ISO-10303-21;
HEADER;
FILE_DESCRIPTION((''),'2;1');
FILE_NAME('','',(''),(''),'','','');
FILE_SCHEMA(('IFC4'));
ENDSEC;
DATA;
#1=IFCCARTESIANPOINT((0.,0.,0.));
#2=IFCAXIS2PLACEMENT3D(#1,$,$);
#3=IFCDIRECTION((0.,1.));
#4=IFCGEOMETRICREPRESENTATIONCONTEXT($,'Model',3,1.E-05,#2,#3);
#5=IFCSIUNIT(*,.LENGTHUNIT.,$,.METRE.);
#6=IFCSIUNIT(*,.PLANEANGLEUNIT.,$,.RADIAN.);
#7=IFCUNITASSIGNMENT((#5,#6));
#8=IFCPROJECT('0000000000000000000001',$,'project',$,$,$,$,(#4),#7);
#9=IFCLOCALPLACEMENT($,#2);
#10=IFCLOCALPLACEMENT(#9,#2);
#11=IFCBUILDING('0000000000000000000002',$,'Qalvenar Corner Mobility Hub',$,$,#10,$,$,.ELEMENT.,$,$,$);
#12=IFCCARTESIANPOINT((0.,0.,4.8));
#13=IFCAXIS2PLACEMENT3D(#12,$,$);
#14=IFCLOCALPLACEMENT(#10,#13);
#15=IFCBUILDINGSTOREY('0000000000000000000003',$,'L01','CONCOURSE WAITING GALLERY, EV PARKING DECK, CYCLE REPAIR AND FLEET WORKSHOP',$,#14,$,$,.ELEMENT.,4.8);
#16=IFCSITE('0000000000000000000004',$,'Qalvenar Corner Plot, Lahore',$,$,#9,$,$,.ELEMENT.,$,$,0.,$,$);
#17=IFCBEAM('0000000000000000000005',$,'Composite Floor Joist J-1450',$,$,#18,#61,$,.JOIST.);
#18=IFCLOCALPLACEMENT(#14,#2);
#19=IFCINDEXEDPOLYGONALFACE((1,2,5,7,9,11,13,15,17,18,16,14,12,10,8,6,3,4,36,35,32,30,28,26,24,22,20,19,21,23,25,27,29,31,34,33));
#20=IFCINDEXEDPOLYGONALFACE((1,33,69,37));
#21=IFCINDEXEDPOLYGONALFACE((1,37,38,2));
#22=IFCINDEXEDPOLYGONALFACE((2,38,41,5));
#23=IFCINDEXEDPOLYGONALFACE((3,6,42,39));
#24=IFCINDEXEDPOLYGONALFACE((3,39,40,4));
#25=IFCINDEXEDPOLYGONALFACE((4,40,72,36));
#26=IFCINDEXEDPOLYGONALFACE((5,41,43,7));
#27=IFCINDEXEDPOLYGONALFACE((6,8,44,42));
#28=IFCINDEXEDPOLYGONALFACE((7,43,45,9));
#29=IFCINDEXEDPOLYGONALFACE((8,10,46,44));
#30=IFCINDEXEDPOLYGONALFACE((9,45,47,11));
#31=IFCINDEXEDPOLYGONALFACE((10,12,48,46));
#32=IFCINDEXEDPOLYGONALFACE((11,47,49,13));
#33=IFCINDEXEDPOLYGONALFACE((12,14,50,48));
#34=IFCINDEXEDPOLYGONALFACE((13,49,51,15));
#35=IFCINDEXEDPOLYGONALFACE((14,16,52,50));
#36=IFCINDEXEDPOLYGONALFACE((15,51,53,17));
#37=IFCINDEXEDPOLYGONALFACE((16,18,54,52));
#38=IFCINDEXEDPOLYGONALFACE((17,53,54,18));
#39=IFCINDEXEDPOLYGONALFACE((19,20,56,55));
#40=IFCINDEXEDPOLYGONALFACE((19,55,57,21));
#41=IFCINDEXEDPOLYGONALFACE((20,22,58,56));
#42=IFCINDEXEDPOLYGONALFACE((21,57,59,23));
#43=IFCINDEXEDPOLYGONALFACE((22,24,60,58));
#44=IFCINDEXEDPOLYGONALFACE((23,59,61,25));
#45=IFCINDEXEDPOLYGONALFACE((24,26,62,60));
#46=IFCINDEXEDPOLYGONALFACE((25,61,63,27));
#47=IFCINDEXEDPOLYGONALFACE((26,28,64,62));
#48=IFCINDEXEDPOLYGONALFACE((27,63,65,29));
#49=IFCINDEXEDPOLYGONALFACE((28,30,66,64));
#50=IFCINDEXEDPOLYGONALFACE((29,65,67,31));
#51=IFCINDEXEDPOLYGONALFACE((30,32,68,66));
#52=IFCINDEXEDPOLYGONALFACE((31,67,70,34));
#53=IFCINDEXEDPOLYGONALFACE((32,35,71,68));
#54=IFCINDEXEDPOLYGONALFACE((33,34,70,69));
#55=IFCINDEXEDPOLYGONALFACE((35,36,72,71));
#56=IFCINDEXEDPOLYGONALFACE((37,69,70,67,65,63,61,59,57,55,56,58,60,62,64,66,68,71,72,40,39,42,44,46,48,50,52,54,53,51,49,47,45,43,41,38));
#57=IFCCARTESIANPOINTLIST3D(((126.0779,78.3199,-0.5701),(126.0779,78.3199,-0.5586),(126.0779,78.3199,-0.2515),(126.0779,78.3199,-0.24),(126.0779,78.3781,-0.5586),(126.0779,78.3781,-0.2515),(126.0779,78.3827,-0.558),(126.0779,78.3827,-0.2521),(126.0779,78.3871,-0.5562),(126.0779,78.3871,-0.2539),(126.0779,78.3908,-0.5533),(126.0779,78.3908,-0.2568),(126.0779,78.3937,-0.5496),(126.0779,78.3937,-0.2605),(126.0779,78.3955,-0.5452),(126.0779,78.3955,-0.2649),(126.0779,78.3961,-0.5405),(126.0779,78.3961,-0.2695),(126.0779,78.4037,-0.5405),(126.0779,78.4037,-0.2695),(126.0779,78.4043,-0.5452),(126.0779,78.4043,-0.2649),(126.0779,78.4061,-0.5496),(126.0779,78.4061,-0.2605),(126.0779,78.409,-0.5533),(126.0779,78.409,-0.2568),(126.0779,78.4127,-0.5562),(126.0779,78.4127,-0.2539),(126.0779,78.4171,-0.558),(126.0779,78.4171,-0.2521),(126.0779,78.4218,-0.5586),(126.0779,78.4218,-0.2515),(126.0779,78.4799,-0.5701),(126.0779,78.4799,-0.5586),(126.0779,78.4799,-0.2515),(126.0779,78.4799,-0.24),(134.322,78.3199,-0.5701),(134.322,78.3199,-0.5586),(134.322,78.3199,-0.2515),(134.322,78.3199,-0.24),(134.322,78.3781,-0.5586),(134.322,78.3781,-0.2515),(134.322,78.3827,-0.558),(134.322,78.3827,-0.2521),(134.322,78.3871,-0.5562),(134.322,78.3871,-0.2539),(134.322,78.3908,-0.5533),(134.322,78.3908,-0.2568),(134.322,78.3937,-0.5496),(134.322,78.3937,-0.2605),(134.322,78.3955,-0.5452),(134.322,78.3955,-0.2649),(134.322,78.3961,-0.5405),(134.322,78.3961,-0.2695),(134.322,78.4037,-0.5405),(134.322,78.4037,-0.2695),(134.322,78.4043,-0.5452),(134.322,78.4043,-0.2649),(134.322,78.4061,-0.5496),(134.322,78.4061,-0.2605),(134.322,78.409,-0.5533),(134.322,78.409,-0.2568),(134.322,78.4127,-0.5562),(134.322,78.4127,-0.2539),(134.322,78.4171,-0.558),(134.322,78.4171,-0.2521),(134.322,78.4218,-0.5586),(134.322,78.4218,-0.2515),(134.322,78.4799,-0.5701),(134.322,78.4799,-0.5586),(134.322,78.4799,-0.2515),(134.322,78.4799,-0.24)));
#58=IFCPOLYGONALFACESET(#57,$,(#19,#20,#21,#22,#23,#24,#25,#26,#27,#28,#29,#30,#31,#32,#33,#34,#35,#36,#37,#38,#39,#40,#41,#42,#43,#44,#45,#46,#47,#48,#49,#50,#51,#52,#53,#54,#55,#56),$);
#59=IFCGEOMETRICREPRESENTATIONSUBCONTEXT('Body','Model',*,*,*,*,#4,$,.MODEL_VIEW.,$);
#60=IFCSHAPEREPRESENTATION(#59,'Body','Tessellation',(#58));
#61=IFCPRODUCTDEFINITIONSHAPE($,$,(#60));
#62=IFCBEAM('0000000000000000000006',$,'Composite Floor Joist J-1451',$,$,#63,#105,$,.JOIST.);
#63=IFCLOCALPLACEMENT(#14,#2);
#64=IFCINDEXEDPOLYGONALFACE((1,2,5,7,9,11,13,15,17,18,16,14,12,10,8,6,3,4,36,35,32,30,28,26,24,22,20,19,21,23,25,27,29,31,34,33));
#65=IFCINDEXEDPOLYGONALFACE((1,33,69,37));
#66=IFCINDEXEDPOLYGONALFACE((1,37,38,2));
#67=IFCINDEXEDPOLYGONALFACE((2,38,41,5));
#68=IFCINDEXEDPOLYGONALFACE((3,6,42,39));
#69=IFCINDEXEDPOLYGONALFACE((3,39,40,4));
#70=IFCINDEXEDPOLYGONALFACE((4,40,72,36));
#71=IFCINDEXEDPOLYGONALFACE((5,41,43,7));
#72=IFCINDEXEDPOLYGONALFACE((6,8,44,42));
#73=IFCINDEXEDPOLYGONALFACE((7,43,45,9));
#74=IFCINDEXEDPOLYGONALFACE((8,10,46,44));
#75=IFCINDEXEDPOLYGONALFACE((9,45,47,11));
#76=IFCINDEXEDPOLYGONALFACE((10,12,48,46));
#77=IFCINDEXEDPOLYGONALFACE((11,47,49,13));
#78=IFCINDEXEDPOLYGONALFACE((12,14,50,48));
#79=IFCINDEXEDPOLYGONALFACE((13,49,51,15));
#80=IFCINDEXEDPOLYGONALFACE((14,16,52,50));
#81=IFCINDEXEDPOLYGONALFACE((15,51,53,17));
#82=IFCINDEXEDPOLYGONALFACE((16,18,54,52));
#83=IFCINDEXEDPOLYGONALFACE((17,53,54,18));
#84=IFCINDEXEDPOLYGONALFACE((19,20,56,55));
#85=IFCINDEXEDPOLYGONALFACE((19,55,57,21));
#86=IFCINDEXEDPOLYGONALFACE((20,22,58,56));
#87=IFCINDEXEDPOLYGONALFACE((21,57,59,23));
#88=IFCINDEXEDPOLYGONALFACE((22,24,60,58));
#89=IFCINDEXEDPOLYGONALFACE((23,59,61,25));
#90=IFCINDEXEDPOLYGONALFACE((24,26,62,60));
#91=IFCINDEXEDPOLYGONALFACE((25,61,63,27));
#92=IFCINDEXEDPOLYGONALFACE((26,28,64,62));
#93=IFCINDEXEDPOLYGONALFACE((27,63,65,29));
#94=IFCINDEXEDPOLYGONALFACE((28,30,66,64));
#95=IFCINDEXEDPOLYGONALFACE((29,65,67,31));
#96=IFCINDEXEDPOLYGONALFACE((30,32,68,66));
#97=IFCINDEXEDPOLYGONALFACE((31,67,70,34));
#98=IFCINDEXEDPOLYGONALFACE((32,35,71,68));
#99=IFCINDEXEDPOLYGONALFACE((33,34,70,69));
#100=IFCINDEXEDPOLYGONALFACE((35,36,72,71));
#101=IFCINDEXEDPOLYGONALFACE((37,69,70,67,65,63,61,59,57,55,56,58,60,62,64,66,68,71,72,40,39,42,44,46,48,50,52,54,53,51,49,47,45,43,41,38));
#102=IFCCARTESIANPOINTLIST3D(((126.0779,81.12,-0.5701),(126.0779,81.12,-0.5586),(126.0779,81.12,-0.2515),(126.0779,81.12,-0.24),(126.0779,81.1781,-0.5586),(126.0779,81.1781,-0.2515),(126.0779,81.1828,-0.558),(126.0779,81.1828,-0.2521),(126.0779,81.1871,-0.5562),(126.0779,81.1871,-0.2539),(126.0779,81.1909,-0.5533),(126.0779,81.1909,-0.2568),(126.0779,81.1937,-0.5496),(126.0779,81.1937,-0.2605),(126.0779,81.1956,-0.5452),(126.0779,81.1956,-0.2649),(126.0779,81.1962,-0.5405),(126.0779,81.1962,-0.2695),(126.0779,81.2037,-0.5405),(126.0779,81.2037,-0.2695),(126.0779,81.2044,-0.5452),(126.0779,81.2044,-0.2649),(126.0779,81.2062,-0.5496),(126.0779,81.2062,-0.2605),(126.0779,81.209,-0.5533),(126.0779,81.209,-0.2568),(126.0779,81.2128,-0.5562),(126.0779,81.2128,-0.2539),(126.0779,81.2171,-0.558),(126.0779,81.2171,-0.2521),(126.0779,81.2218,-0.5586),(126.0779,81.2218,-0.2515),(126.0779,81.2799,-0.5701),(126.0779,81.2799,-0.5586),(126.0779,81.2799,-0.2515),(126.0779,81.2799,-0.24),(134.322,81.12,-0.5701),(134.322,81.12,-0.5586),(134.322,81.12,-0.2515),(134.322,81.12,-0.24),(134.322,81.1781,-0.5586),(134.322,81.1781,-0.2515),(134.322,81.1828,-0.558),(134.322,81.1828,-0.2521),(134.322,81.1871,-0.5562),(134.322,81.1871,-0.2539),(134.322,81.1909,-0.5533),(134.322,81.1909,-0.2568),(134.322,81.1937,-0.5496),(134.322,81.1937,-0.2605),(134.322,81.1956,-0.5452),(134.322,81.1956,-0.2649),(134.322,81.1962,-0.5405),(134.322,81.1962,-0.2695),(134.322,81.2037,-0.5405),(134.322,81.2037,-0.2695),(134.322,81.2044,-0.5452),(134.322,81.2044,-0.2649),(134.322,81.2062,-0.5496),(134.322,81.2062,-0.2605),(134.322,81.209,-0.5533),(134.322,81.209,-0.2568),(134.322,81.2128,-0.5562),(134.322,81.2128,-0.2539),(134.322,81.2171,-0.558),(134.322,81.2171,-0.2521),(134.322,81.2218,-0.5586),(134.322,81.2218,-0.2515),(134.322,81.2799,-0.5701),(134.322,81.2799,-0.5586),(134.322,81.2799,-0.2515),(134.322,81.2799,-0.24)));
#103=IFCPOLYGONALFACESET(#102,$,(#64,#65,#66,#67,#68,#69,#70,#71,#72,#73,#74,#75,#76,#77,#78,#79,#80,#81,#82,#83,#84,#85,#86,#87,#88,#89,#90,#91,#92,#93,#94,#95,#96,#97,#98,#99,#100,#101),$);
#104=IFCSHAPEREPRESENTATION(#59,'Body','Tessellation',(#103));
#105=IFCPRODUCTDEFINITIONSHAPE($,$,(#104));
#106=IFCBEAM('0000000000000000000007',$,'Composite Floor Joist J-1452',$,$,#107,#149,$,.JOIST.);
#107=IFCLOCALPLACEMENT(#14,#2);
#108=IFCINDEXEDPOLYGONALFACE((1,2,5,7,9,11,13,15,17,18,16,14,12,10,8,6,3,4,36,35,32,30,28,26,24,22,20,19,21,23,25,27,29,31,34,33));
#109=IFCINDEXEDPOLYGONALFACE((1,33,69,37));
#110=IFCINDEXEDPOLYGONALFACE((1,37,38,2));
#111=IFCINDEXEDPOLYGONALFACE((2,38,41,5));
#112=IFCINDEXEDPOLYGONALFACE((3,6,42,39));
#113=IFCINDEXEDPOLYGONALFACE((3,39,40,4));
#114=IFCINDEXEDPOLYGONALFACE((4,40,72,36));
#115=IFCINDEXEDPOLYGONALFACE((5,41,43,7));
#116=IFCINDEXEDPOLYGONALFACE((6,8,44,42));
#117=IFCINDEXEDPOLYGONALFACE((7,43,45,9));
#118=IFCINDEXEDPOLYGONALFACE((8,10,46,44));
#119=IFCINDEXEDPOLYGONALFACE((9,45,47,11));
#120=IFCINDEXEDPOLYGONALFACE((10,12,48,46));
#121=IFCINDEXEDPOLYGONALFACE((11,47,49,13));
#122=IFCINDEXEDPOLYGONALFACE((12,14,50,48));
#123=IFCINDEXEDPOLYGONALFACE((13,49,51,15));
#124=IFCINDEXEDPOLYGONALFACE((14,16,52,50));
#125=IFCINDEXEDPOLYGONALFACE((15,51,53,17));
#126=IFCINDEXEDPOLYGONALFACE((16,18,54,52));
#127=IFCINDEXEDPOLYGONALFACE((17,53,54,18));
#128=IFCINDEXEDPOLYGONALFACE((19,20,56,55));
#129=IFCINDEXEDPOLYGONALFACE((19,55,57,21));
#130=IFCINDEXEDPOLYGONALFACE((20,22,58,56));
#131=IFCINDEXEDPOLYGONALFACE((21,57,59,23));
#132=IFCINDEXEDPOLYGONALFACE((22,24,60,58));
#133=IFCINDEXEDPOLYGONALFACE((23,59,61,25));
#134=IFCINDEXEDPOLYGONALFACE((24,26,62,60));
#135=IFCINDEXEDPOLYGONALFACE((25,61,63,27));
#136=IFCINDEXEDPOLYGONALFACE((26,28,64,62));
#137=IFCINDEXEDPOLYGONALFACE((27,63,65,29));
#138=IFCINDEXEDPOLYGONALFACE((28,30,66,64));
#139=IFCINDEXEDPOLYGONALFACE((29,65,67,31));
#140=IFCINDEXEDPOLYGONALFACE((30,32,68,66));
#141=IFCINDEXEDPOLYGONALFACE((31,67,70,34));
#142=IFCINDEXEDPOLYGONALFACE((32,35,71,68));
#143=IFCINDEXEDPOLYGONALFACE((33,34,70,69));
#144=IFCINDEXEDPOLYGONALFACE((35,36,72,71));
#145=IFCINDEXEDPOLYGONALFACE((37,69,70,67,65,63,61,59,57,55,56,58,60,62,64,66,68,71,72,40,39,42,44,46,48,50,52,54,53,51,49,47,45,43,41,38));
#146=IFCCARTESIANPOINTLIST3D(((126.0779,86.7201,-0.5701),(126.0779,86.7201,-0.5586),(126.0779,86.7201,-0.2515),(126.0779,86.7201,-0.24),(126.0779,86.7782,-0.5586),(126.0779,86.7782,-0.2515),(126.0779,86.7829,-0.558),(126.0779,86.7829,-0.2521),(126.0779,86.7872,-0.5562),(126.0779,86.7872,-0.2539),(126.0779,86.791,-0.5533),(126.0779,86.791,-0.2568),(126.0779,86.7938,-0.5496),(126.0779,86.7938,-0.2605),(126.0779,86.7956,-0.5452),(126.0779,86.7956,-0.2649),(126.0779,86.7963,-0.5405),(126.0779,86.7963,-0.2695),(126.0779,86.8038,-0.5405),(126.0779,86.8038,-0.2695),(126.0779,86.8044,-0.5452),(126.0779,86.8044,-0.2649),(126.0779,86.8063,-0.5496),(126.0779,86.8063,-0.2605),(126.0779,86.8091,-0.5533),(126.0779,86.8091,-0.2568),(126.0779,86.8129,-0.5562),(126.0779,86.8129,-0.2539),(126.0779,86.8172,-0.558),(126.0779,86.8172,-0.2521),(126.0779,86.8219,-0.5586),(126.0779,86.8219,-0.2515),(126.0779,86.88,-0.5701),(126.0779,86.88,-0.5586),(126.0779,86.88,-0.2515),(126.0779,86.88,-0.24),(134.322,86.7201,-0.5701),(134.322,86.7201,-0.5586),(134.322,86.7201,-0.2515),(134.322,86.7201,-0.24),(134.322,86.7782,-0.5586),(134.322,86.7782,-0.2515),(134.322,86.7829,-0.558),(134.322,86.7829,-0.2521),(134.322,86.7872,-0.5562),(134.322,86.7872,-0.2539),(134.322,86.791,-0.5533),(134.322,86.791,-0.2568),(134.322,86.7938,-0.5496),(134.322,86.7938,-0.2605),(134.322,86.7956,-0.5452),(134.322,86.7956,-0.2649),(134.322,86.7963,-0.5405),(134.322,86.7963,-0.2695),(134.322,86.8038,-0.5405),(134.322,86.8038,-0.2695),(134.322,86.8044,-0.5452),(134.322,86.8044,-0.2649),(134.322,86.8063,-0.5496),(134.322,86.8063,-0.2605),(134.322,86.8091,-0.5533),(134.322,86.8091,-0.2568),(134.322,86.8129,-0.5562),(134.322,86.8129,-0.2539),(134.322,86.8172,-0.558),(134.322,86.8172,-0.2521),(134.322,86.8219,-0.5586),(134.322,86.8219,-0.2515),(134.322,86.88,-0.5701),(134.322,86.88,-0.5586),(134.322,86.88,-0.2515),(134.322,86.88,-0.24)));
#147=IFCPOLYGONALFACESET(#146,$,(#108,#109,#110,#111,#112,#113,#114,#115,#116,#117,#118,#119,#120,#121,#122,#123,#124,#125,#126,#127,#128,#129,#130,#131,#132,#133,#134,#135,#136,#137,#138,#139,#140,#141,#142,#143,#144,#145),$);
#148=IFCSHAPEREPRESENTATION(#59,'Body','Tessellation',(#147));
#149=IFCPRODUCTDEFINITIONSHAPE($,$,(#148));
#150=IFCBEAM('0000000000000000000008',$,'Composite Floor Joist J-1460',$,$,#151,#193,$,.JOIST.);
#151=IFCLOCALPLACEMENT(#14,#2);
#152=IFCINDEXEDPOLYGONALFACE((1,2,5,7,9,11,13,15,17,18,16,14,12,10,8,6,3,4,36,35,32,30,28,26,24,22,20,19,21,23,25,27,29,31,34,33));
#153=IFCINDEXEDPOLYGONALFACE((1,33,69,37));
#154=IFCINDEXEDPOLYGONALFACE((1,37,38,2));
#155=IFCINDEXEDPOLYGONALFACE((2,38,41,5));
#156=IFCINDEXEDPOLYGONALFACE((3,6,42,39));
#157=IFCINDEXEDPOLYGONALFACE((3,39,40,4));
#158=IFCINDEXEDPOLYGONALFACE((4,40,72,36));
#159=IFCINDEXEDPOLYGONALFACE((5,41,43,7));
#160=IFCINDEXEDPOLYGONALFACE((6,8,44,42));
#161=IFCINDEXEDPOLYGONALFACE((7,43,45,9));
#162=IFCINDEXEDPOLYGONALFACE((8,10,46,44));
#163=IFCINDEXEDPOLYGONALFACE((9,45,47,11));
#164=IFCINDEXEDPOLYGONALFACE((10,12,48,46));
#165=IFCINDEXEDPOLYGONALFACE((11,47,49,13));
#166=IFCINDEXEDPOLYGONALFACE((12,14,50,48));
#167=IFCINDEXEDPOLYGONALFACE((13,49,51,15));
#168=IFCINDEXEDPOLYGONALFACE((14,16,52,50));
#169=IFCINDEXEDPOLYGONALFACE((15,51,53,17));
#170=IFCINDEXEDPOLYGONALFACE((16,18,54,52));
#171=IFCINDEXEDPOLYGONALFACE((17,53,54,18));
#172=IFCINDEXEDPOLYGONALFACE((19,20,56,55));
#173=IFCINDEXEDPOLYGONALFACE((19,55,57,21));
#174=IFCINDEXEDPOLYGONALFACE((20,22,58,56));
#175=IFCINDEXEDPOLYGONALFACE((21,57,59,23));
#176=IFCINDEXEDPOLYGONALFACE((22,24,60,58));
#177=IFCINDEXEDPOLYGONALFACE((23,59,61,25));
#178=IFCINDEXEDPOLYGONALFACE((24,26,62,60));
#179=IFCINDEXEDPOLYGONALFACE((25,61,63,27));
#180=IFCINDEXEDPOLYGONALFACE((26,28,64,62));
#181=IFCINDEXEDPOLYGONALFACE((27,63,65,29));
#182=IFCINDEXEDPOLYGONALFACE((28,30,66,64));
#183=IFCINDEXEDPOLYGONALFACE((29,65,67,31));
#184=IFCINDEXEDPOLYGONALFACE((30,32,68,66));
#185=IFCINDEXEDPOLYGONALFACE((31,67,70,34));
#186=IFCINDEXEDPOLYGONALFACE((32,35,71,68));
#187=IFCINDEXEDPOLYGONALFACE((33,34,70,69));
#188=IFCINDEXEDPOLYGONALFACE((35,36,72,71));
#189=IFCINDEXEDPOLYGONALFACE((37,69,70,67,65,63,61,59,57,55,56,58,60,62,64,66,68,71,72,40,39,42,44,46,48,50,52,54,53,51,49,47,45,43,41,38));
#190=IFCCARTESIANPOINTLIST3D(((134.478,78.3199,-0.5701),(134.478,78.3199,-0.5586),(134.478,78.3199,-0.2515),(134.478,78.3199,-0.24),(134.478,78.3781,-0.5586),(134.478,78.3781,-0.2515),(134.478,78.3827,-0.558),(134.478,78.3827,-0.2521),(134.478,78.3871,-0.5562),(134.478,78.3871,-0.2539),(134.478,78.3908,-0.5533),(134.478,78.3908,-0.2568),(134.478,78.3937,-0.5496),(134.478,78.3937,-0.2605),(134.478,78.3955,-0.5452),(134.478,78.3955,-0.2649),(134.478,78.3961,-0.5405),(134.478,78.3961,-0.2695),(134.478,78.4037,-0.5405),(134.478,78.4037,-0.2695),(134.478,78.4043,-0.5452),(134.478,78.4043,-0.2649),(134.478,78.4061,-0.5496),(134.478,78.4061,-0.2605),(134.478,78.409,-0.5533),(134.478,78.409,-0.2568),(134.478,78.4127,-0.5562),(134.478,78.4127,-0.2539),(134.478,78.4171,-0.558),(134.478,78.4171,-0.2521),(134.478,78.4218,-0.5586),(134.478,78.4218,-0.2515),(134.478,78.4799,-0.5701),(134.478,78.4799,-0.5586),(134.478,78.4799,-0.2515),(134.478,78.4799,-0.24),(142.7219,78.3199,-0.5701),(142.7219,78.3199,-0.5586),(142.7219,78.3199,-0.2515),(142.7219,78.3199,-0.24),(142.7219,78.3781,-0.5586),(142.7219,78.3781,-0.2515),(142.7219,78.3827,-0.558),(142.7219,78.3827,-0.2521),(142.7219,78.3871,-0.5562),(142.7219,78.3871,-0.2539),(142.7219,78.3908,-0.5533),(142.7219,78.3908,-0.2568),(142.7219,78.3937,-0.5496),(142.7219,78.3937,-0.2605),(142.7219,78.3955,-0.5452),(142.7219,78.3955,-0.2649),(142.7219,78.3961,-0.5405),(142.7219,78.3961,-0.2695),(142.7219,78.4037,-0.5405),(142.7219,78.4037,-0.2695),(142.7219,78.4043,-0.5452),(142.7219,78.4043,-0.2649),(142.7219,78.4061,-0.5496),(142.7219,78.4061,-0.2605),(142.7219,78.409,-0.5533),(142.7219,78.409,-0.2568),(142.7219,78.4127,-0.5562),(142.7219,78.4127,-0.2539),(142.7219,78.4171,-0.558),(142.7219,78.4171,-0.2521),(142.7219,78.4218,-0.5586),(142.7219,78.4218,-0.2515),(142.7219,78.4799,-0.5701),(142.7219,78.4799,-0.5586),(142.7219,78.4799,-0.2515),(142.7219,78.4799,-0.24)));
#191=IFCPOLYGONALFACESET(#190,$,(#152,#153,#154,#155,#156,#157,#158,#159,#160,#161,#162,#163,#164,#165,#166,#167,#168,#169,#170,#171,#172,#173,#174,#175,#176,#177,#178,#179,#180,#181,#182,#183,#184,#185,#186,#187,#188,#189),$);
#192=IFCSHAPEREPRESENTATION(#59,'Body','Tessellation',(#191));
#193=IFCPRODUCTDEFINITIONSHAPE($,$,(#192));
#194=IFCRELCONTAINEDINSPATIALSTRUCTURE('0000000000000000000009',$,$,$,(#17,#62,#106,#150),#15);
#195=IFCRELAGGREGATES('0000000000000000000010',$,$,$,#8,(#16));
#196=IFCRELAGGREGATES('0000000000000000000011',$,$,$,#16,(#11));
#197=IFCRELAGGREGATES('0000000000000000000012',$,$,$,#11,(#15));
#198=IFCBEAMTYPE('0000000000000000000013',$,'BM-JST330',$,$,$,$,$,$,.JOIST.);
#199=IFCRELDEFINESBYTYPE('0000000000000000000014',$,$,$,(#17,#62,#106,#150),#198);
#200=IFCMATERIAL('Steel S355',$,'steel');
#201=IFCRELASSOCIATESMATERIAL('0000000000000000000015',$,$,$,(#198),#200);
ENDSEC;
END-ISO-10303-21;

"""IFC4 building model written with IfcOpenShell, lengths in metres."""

from ifc_helpers import new_model, si_unit, direction, frame, origin, origin_2d, place, context, subcontext, project, spatial, i_section, extrude, material, material_profile, profile_set, type_object, element, save


model = new_model("IFC4")

# Units and contexts
model_context = context("Model", 3, precision=1e-05, world=origin(), true_north=direction((0.0, 1.0)))
body_context = subcontext(model_context, "Body", "Model", "MODEL_VIEW")
ifc_project = project(units=[si_unit("LENGTHUNIT", "METRE"), si_unit("PLANEANGLEUNIT", "RADIAN")], contexts=[model_context])

# Site, building, storey
site_placement = place(None, origin())
site = spatial("IfcSite", under=ifc_project, at=site_placement, Name="Qalvenar Corner Plot, Lahore", CompositionType="ELEMENT", RefElevation=0.0)
building_placement = place(site_placement, origin())
building = spatial("IfcBuilding", under=site, at=building_placement, Name="Qalvenar Corner Mobility Hub", CompositionType="ELEMENT")
storey_placement = place(building_placement, frame((0.0, 0.0, 4.8)))
storey = spatial("IfcBuildingStorey", under=building, at=storey_placement, Name="L01", Description="CONCOURSE WAITING GALLERY, EV PARKING DECK, CYCLE REPAIR AND FLEET WORKSHOP", CompositionType="ELEMENT", Elevation=4.8)

# Shared definitions
ifc_material_1 = material(Name="Steel S355", Category="steel")

# Beams
ifc_material_profile_1 = material_profile(ifc_material_1, i_section(OverallWidth=0.1599, OverallDepth=0.3301, WebThickness=0.0076, FlangeThickness=0.0115, FilletRadius=0.0181, at=origin_2d()), Name="IPE330")
ifc_profile_set_1 = profile_set([ifc_material_profile_1], Name="Steel S355")
beam_type_1 = type_object("IfcBeamType", Name="BM-JST330", PredefinedType="JOIST", material=ifc_profile_set_1)
for number, where, z_axis, x_axis, name in (
    (1, (126.0779, 78.3999, -0.405), (1.0, 0.0, 0.0), (0.0, 1.0, 0.0), "Composite Floor Joist J-1450"),
    (2, (126.0779, 81.2, -0.405), (1.0, 0.0, 0.0), (0.0, 1.0, 0.0), "Composite Floor Joist J-1451"),
    (3, (126.0779, 86.8, -0.405), (1.0, 0.0, 0.0), (0.0, 1.0, 0.0), "Composite Floor Joist J-1452"),
):
    element("IfcBeam", number, at=place(storey_placement, frame(where, z_axis=z_axis, x_axis=x_axis)), inside=storey, type_object=beam_type_1, Name=name, PredefinedType="JOIST", context=body_context, shape_type="SweptSolid", body=[
        extrude(i_section(OverallWidth=0.1599, OverallDepth=0.3301, WebThickness=0.0076, FlangeThickness=0.0115, FilletRadius=0.0181, at=origin_2d()), origin(), (0.0, 0.0, 1.0), 8.2441),
    ])
for number, where, z_axis, x_axis, name in (
    (4, (134.478, 78.3999, -0.405), (1.0, 0.0, 0.0), (0.0, 1.0, 0.0), "Composite Floor Joist J-1460"),
):
    element("IfcBeam", number, at=place(storey_placement, frame(where, z_axis=z_axis, x_axis=x_axis)), inside=storey, type_object=beam_type_1, Name=name, PredefinedType="JOIST", context=body_context, shape_type="SweptSolid", body=[
        extrude(i_section(OverallWidth=0.1599, OverallDepth=0.3301, WebThickness=0.0076, FlangeThickness=0.0115, FilletRadius=0.0181, at=origin_2d()), origin(), (0.0, 0.0, 1.0), 8.2439),
    ])

save(model, "model.ifc")
